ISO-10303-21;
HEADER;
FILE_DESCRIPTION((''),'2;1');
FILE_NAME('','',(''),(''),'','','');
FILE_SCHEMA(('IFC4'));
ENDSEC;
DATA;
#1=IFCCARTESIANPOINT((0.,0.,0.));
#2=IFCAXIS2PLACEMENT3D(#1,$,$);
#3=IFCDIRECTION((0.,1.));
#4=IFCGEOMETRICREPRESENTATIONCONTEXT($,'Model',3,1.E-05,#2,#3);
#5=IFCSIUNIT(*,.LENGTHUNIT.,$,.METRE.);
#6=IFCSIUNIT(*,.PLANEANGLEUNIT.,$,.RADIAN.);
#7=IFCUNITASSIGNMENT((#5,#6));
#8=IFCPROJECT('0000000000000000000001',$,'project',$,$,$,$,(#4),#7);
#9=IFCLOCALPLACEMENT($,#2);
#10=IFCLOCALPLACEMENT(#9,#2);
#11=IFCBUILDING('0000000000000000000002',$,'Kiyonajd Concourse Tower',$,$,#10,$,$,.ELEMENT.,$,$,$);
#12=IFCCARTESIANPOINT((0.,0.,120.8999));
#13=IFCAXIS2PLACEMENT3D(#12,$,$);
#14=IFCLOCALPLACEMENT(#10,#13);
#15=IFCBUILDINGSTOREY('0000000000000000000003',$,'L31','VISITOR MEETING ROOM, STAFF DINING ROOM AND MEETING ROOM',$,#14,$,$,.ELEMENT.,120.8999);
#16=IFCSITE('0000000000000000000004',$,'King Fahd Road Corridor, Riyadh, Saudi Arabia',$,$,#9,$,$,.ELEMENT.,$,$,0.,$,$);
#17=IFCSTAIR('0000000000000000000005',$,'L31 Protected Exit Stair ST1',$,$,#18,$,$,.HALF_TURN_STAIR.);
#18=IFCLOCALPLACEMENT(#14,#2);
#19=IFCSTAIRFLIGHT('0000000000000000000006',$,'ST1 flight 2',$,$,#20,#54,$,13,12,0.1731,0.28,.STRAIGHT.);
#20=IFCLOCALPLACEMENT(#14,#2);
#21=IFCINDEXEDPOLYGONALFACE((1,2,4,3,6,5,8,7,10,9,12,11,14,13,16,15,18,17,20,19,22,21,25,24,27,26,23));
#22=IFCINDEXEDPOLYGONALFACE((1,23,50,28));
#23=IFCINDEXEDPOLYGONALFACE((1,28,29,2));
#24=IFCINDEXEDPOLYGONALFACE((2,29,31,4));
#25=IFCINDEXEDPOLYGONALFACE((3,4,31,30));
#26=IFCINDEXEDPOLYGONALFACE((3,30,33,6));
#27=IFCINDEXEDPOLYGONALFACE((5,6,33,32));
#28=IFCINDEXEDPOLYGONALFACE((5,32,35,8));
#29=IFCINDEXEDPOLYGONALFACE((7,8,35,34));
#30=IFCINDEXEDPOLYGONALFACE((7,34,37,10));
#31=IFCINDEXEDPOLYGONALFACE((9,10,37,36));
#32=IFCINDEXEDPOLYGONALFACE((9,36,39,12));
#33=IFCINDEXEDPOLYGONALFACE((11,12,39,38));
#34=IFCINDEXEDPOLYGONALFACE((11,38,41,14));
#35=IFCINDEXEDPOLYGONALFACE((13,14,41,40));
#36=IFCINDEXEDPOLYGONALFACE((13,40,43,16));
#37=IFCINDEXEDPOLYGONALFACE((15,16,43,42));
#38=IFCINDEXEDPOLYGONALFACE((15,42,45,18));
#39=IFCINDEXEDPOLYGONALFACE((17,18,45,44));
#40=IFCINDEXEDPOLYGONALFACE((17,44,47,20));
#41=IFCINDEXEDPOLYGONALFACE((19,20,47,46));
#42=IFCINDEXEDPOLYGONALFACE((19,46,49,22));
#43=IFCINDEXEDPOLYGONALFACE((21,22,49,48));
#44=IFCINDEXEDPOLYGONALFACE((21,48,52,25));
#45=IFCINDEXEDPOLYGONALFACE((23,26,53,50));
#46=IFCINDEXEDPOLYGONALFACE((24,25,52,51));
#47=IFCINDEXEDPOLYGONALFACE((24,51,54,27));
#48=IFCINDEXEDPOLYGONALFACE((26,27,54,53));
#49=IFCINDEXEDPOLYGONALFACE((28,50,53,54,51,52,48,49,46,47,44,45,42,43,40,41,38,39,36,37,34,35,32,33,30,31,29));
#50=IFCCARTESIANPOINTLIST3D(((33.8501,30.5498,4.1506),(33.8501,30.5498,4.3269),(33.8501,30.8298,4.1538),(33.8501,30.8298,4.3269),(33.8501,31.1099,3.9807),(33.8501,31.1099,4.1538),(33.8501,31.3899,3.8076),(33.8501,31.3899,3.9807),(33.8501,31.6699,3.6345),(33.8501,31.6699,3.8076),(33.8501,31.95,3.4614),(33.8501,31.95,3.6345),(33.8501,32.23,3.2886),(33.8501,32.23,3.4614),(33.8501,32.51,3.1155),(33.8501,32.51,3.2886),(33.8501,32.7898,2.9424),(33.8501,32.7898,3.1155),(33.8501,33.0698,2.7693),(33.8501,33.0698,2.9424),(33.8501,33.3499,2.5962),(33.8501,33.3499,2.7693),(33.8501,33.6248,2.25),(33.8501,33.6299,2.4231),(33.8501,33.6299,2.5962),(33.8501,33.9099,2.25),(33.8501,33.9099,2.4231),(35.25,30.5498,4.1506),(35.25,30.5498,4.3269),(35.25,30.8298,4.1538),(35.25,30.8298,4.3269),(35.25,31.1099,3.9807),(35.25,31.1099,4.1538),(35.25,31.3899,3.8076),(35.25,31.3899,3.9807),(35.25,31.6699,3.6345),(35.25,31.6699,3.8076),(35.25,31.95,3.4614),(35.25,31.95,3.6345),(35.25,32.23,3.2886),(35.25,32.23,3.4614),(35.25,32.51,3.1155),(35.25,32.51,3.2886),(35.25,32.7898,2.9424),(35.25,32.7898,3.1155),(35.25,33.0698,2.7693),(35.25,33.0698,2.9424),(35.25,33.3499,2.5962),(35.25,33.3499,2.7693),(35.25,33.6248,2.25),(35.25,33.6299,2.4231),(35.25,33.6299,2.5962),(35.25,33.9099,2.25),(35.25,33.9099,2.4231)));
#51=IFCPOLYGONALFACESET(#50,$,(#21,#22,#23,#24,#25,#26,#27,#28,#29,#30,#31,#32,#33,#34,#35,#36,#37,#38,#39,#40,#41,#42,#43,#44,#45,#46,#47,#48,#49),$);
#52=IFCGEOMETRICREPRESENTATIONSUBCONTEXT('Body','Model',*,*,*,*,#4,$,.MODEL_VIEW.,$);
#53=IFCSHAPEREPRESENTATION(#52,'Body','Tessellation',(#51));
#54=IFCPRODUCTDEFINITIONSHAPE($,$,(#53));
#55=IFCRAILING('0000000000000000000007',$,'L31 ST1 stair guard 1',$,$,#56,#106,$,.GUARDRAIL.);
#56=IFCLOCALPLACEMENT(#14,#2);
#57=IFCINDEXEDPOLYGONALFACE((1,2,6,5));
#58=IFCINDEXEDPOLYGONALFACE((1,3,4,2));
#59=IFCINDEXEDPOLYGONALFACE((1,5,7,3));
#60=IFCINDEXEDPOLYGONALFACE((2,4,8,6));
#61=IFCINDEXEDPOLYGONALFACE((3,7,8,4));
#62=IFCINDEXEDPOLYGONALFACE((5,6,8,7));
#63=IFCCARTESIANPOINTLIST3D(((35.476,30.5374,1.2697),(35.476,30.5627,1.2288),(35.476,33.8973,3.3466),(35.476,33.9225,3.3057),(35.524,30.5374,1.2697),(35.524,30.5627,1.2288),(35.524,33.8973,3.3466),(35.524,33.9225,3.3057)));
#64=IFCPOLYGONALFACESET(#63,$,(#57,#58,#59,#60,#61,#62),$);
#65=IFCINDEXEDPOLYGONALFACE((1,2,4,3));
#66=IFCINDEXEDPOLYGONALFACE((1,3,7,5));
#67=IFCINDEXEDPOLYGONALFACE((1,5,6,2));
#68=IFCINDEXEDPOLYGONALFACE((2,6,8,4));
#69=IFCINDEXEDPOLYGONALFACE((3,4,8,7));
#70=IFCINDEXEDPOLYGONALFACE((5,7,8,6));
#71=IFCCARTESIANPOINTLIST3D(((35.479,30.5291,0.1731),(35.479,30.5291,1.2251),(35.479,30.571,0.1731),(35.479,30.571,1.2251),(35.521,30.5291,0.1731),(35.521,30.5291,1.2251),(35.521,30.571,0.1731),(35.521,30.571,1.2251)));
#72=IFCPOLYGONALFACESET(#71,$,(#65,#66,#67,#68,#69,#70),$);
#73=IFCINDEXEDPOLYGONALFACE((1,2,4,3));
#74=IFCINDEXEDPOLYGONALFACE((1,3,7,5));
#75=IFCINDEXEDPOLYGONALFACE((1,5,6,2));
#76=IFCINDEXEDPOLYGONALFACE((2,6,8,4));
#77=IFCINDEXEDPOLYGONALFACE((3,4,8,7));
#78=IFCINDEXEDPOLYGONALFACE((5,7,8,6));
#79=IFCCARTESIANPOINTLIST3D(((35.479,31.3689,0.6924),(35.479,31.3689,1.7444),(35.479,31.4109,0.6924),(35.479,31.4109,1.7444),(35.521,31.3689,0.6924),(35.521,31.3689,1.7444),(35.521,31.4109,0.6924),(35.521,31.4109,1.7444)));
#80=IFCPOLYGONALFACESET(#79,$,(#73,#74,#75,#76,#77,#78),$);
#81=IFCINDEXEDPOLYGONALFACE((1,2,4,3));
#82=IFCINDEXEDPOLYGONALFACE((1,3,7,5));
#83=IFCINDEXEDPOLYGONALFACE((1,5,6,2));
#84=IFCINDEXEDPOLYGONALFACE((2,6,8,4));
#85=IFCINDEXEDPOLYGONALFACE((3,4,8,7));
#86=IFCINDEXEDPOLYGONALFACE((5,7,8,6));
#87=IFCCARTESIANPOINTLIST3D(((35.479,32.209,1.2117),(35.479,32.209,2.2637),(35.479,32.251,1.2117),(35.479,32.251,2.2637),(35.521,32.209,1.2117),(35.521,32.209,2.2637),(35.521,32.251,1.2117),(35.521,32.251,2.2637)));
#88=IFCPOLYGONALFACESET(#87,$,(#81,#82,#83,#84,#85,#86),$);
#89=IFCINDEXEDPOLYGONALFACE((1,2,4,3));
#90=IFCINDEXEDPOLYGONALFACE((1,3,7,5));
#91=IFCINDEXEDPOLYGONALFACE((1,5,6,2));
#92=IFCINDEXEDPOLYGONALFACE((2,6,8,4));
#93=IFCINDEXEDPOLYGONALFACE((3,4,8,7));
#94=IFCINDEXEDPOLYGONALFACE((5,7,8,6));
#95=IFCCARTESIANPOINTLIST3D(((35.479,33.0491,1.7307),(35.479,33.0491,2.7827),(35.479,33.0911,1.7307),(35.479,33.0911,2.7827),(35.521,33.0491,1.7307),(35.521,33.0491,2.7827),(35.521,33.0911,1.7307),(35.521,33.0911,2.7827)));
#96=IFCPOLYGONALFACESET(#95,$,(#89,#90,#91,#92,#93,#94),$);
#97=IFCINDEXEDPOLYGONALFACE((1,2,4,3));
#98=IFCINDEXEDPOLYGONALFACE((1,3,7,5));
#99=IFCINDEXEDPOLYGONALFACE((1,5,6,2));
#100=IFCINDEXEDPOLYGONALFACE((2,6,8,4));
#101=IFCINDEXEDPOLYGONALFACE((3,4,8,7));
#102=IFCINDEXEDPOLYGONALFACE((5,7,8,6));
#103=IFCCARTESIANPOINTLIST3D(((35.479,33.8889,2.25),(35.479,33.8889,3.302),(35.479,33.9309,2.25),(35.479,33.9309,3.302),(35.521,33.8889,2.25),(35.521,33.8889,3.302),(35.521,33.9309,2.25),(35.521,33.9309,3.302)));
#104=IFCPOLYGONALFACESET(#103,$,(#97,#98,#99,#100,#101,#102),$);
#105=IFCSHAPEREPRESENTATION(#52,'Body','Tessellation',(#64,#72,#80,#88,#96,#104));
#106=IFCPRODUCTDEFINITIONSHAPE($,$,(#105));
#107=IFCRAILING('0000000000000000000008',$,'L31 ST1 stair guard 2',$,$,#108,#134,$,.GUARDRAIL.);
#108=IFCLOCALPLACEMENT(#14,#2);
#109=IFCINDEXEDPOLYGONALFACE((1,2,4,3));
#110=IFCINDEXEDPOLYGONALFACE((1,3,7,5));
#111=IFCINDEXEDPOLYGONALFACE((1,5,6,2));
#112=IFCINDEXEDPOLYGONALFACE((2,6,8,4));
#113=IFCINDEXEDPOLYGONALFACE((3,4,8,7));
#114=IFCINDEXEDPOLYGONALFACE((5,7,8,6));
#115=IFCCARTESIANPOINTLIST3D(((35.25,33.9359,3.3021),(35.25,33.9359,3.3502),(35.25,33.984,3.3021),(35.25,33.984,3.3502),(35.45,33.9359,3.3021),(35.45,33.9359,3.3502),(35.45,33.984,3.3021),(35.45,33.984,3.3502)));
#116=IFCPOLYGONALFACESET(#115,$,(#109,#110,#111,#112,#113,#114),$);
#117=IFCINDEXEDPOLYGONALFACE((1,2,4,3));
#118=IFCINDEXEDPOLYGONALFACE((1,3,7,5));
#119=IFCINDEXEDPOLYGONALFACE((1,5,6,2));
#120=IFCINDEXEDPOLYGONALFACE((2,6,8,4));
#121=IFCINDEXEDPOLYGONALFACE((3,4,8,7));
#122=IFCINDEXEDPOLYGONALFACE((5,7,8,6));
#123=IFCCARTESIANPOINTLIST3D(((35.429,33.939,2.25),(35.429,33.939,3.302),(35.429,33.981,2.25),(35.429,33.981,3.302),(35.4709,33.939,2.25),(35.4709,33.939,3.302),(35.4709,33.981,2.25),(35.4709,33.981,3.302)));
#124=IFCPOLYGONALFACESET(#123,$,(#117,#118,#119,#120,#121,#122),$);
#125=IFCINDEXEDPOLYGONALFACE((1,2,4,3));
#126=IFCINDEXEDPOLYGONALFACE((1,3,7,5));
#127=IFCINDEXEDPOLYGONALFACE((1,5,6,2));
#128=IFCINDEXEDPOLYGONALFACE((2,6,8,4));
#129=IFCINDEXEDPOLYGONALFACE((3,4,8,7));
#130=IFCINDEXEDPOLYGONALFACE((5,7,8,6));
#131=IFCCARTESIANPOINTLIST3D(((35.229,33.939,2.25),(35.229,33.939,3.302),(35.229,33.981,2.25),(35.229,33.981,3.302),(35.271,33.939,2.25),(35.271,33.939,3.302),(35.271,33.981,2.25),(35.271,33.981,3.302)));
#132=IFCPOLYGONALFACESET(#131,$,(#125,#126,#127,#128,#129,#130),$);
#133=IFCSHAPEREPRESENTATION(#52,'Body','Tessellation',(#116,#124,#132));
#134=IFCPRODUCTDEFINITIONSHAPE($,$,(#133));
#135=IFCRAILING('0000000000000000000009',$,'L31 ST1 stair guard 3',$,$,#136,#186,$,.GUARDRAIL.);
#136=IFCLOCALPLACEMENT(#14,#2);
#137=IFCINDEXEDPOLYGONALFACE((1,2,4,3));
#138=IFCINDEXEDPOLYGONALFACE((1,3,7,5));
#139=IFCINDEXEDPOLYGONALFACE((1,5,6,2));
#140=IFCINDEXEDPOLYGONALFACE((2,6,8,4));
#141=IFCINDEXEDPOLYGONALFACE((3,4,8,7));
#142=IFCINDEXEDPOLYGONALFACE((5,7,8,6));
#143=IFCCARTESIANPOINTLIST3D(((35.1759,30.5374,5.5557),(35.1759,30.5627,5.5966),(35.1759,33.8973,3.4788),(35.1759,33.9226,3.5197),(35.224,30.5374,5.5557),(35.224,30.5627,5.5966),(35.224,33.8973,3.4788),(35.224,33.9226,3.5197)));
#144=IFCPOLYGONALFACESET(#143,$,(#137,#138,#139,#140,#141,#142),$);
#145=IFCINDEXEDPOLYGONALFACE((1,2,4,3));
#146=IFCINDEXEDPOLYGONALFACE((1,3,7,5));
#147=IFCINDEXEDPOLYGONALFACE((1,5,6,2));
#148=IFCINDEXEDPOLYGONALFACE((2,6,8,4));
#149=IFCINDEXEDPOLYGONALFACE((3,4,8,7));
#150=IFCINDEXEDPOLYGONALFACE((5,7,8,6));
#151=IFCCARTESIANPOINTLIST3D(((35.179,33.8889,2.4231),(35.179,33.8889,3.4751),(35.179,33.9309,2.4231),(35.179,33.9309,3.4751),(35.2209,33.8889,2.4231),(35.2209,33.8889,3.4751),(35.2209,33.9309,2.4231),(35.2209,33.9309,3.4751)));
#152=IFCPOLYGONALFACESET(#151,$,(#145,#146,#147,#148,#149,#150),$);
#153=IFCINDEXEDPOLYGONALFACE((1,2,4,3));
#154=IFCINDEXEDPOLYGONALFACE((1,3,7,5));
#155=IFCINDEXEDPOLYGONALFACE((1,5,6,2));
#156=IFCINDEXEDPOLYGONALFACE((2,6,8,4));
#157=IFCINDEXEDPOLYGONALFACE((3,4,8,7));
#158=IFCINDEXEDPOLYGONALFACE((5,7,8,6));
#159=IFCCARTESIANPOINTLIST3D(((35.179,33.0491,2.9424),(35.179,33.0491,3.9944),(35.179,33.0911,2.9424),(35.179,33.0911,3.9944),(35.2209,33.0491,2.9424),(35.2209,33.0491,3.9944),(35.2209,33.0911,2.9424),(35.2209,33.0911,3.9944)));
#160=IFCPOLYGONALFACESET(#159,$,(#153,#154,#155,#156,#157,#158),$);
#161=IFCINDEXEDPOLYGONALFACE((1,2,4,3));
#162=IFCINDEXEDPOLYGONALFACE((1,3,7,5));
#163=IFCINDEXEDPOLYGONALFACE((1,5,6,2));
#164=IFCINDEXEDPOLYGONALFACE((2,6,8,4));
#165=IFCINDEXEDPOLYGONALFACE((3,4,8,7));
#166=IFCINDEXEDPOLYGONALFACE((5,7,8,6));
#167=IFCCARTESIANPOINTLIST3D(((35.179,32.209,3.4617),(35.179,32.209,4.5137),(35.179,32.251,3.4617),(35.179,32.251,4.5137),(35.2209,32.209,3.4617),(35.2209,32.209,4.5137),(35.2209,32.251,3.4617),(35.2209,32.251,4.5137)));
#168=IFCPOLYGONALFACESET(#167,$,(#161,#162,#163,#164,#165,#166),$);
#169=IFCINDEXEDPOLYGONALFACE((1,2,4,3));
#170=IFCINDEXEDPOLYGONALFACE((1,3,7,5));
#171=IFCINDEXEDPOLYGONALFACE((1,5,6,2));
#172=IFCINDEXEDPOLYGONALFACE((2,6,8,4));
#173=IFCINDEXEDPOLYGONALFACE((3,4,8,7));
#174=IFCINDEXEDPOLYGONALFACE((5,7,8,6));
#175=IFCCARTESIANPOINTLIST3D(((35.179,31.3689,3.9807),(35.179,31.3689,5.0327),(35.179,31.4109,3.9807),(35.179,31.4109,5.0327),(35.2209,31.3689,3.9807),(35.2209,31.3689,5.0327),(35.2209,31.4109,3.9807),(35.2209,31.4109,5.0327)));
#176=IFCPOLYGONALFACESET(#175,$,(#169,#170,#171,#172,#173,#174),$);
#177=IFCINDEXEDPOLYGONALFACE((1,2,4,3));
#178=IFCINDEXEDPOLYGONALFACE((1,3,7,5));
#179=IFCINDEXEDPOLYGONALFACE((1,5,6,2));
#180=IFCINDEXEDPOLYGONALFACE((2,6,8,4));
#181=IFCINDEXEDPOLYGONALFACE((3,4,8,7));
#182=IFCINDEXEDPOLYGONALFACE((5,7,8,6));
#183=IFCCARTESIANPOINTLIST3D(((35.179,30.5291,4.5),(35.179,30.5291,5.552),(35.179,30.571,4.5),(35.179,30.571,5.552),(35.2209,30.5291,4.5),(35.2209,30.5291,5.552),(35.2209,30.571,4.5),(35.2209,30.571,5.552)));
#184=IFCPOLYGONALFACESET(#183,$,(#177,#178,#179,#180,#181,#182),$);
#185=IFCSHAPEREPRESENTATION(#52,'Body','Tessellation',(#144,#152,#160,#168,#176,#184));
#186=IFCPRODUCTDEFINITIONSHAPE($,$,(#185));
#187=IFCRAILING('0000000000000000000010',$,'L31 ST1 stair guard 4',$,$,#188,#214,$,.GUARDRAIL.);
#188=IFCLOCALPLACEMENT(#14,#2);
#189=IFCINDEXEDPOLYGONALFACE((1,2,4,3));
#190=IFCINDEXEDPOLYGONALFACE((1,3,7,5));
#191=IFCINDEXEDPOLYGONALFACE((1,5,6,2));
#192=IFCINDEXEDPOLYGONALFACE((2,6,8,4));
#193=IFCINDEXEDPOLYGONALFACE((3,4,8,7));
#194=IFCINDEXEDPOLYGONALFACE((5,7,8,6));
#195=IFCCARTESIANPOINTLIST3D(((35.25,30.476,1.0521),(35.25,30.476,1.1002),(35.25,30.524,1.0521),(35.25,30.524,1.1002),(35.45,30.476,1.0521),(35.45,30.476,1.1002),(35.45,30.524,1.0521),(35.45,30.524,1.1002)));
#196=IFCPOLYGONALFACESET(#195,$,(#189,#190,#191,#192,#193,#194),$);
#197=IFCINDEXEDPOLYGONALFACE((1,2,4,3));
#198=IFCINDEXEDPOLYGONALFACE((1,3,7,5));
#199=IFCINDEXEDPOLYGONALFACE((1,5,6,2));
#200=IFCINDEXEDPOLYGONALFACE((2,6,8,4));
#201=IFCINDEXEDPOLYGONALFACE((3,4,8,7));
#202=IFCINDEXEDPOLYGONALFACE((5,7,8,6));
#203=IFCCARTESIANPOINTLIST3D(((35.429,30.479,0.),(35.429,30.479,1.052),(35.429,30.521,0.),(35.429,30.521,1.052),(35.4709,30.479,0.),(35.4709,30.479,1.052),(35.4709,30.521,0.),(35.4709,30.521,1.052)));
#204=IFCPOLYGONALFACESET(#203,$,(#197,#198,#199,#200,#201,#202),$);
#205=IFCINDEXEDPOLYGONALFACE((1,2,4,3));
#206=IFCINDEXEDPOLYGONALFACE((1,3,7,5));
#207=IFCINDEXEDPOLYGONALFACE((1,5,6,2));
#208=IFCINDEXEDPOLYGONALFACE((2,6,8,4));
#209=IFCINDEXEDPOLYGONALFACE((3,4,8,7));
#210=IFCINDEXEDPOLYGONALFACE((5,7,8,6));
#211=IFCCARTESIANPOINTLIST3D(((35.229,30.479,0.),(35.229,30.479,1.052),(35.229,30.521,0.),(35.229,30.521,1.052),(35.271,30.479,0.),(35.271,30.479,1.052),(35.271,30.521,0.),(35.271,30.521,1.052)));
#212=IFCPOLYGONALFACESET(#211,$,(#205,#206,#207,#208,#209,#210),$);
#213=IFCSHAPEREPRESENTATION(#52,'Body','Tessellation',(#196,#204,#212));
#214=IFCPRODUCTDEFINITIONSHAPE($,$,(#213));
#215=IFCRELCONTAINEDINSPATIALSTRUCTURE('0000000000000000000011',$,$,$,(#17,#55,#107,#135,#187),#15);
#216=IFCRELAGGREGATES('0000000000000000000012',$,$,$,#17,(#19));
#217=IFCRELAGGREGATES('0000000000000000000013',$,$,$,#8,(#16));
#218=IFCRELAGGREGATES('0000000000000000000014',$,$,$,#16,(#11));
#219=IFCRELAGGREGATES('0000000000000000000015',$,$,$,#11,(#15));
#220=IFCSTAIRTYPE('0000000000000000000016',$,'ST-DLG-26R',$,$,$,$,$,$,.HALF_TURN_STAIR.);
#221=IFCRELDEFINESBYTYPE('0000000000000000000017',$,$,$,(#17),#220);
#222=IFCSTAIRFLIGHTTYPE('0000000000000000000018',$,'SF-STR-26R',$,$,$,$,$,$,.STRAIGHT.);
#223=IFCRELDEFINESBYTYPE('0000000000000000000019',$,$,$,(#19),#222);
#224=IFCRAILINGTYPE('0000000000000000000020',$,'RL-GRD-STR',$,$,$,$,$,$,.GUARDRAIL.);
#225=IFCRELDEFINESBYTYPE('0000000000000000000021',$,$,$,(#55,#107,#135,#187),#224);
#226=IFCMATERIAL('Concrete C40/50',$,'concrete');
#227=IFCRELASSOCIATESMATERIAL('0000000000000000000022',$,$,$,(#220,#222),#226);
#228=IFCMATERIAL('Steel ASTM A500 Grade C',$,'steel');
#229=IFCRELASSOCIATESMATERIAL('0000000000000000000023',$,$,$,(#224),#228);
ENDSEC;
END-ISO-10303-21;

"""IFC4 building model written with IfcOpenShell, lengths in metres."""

from ifc_helpers import new_model, si_unit, direction, frame, origin, origin_2d, place, context, subcontext, project, spatial, polyline, rectangle, outline, extrude, material, type_object, element, aggregate, save


model = new_model("IFC4")

# Units and contexts
model_context = context("Model", 3, precision=1e-05, world=origin(), true_north=direction((0.0, 1.0)))
body_context = subcontext(model_context, "Body", "Model", "MODEL_VIEW")
ifc_project = project(units=[si_unit("LENGTHUNIT", "METRE"), si_unit("PLANEANGLEUNIT", "RADIAN")], contexts=[model_context])

# Site, building, storey
site_placement = place(None, origin())
site = spatial("IfcSite", under=ifc_project, at=site_placement, Name="King Fahd Road Corridor, Riyadh, Saudi Arabia", CompositionType="ELEMENT", RefElevation=0.0)
building_placement = place(site_placement, origin())
building = spatial("IfcBuilding", under=site, at=building_placement, Name="Kiyonajd Concourse Tower", CompositionType="ELEMENT")
storey_placement = place(building_placement, frame((0.0, 0.0, 120.8999)))
storey = spatial("IfcBuildingStorey", under=building, at=storey_placement, Name="L31", Description="VISITOR MEETING ROOM, STAFF DINING ROOM AND MEETING ROOM", CompositionType="ELEMENT", Elevation=120.8999)

# Stair, stair flight
ifc_material_1 = material(Name="Concrete C40/50", Category="concrete")
stair_type = type_object("IfcStairType", Name="ST-DLG-26R", PredefinedType="HALF_TURN_STAIR", material=ifc_material_1)
stair_placement = place(storey_placement, origin())
stair = element("IfcStair", 1, at=stair_placement, inside=storey, type_object=stair_type, Name="L31 Protected Exit Stair ST1", PredefinedType="HALF_TURN_STAIR")
stair_flight_type = type_object("IfcStairFlightType", Name="SF-STR-26R", PredefinedType="STRAIGHT", material=ifc_material_1)
stair_flight_1_placement = place(storey_placement, frame((34.55, 33.9099, 2.25), z_axis=(0.0, 0.0, 1.0), x_axis=(0.0, -1.0, 0.0)))
stair_flight_1 = element("IfcStairFlight", 2, at=stair_flight_1_placement, type_object=stair_flight_type, Name="ST1 flight 2", NumberOfRisers=13, NumberOfTreads=12, PredefinedType="STRAIGHT", RiserHeight=0.1731, TreadLength=0.28, context=body_context, shape_type="SweptSolid", body=[
    extrude(outline(polyline([(0.0, 0.0), (0.0, 0.1731), (0.28, 0.1731), (0.28, 0.3462), (0.5601, 0.3462), (0.5601, 0.5193), (0.8401, 0.5193), (0.8401, 0.6924), (1.1201, 0.6924), (1.1201, 0.8655), (1.3999, 0.8655), (1.3999, 1.0386), (1.6799, 1.0386), (1.6799, 1.2114), (1.96, 1.2114), (1.96, 1.3845), (2.24, 1.3845), (2.24, 1.5576), (2.52, 1.5576), (2.52, 1.7307), (2.8, 1.7307), (2.8, 1.9038), (3.0801, 1.9038), (3.0801, 2.0769), (3.3601, 2.0769), (3.3601, 2.25), (3.3601, 1.9006), (0.2852, 0.0), (0.0, 0.0)])), frame((0.0, 0.7, 0.0), z_axis=(0.0, -1.0, 0.0), x_axis=(1.0, 0.0, 0.0)), (0.0, 0.0, 1.0), 1.3999),
])
aggregate(stair, [stair_flight_1])

# Railings
ifc_material_2 = material(Name="Steel ASTM A500 Grade C", Category="steel")
railing_type_1 = type_object("IfcRailingType", Name="RL-GRD-STR", PredefinedType="GUARDRAIL", material=ifc_material_2)
railing_1_placement = place(storey_placement, frame((35.5, 30.55, 0.1731)))
element("IfcRailing", 3, at=railing_1_placement, inside=storey, type_object=railing_type_1, Name="L31 ST1 stair guard 1", PredefinedType="GUARDRAIL", context=body_context, shape_type="SweptSolid", body=[
    extrude(rectangle(XDim=0.0481, YDim=0.0481, at=origin_2d()), frame((0.0, 0.0, 1.0762), z_axis=(0.0, 0.850606, 0.525803), x_axis=(-1.0, 0.0, 0.0)), (0.0, 0.0, 1.0), 3.95),
    extrude(rectangle(XDim=0.042, YDim=0.042, at=origin_2d()), origin(), (0.0, 0.0, 1.0), 1.052),
    extrude(rectangle(XDim=0.042, YDim=0.042, at=origin_2d()), frame((0.0, 0.8398, 0.5193)), (0.0, 0.0, 1.0), 1.052),
    extrude(rectangle(XDim=0.042, YDim=0.042, at=origin_2d()), frame((0.0, 1.6799, 1.0386)), (0.0, 0.0, 1.0), 1.052),
    extrude(rectangle(XDim=0.042, YDim=0.042, at=origin_2d()), frame((0.0, 2.52, 1.5576)), (0.0, 0.0, 1.0), 1.052),
    extrude(rectangle(XDim=0.042, YDim=0.042, at=origin_2d()), frame((0.0, 3.3599, 2.0769)), (0.0, 0.0, 1.0), 1.052),
])
railing_2_placement = place(storey_placement, frame((35.45, 33.96, 2.25)))
element("IfcRailing", 4, at=railing_2_placement, inside=storey, type_object=railing_type_1, Name="L31 ST1 stair guard 2", PredefinedType="GUARDRAIL", context=body_context, shape_type="SweptSolid", body=[
    extrude(rectangle(XDim=0.0481, YDim=0.0481, at=origin_2d()), frame((0.0, 0.0, 1.0762), z_axis=(-1.0, 0.0, 0.0), x_axis=(0.0, -1.0, 0.0)), (0.0, 0.0, 1.0), 0.2),
    extrude(rectangle(XDim=0.042, YDim=0.042, at=origin_2d()), origin(), (0.0, 0.0, 1.0), 1.052),
    extrude(rectangle(XDim=0.042, YDim=0.042, at=origin_2d()), frame((-0.2, 0.0, 0.0)), (0.0, 0.0, 1.0), 1.052),
])
railing_3_placement = place(storey_placement, frame((35.2, 33.9099, 2.4231)))
element("IfcRailing", 5, at=railing_3_placement, inside=storey, type_object=railing_type_1, Name="L31 ST1 stair guard 3", PredefinedType="GUARDRAIL", context=body_context, shape_type="SweptSolid", body=[
    extrude(rectangle(XDim=0.0481, YDim=0.0481, at=origin_2d()), frame((0.0, 0.0, 1.0762), z_axis=(0.0, -0.850606, 0.525803), x_axis=(1.0, 0.0, 0.0)), (0.0, 0.0, 1.0), 3.95),
    extrude(rectangle(XDim=0.042, YDim=0.042, at=origin_2d()), origin(), (0.0, 0.0, 1.0), 1.052),
    extrude(rectangle(XDim=0.042, YDim=0.042, at=origin_2d()), frame((0.0, -0.8398, 0.5193)), (0.0, 0.0, 1.0), 1.052),
    extrude(rectangle(XDim=0.042, YDim=0.042, at=origin_2d()), frame((0.0, -1.6799, 1.0386)), (0.0, 0.0, 1.0), 1.052),
    extrude(rectangle(XDim=0.042, YDim=0.042, at=origin_2d()), frame((0.0, -2.52, 1.5576)), (0.0, 0.0, 1.0), 1.052),
    extrude(rectangle(XDim=0.042, YDim=0.042, at=origin_2d()), frame((0.0, -3.3599, 2.0769)), (0.0, 0.0, 1.0), 1.052),
])
railing_4_placement = place(storey_placement, frame((35.45, 30.5, 0.0)))
element("IfcRailing", 6, at=railing_4_placement, inside=storey, type_object=railing_type_1, Name="L31 ST1 stair guard 4", PredefinedType="GUARDRAIL", context=body_context, shape_type="SweptSolid", body=[
    extrude(rectangle(XDim=0.0481, YDim=0.0481, at=origin_2d()), frame((0.0, 0.0, 1.0762), z_axis=(-1.0, 0.0, 0.0), x_axis=(0.0, -1.0, 0.0)), (0.0, 0.0, 1.0), 0.2),
    extrude(rectangle(XDim=0.042, YDim=0.042, at=origin_2d()), origin(), (0.0, 0.0, 1.0), 1.052),
    extrude(rectangle(XDim=0.042, YDim=0.042, at=origin_2d()), frame((-0.2, 0.0, 0.0)), (0.0, 0.0, 1.0), 1.052),
])

save(model, "model.ifc")
